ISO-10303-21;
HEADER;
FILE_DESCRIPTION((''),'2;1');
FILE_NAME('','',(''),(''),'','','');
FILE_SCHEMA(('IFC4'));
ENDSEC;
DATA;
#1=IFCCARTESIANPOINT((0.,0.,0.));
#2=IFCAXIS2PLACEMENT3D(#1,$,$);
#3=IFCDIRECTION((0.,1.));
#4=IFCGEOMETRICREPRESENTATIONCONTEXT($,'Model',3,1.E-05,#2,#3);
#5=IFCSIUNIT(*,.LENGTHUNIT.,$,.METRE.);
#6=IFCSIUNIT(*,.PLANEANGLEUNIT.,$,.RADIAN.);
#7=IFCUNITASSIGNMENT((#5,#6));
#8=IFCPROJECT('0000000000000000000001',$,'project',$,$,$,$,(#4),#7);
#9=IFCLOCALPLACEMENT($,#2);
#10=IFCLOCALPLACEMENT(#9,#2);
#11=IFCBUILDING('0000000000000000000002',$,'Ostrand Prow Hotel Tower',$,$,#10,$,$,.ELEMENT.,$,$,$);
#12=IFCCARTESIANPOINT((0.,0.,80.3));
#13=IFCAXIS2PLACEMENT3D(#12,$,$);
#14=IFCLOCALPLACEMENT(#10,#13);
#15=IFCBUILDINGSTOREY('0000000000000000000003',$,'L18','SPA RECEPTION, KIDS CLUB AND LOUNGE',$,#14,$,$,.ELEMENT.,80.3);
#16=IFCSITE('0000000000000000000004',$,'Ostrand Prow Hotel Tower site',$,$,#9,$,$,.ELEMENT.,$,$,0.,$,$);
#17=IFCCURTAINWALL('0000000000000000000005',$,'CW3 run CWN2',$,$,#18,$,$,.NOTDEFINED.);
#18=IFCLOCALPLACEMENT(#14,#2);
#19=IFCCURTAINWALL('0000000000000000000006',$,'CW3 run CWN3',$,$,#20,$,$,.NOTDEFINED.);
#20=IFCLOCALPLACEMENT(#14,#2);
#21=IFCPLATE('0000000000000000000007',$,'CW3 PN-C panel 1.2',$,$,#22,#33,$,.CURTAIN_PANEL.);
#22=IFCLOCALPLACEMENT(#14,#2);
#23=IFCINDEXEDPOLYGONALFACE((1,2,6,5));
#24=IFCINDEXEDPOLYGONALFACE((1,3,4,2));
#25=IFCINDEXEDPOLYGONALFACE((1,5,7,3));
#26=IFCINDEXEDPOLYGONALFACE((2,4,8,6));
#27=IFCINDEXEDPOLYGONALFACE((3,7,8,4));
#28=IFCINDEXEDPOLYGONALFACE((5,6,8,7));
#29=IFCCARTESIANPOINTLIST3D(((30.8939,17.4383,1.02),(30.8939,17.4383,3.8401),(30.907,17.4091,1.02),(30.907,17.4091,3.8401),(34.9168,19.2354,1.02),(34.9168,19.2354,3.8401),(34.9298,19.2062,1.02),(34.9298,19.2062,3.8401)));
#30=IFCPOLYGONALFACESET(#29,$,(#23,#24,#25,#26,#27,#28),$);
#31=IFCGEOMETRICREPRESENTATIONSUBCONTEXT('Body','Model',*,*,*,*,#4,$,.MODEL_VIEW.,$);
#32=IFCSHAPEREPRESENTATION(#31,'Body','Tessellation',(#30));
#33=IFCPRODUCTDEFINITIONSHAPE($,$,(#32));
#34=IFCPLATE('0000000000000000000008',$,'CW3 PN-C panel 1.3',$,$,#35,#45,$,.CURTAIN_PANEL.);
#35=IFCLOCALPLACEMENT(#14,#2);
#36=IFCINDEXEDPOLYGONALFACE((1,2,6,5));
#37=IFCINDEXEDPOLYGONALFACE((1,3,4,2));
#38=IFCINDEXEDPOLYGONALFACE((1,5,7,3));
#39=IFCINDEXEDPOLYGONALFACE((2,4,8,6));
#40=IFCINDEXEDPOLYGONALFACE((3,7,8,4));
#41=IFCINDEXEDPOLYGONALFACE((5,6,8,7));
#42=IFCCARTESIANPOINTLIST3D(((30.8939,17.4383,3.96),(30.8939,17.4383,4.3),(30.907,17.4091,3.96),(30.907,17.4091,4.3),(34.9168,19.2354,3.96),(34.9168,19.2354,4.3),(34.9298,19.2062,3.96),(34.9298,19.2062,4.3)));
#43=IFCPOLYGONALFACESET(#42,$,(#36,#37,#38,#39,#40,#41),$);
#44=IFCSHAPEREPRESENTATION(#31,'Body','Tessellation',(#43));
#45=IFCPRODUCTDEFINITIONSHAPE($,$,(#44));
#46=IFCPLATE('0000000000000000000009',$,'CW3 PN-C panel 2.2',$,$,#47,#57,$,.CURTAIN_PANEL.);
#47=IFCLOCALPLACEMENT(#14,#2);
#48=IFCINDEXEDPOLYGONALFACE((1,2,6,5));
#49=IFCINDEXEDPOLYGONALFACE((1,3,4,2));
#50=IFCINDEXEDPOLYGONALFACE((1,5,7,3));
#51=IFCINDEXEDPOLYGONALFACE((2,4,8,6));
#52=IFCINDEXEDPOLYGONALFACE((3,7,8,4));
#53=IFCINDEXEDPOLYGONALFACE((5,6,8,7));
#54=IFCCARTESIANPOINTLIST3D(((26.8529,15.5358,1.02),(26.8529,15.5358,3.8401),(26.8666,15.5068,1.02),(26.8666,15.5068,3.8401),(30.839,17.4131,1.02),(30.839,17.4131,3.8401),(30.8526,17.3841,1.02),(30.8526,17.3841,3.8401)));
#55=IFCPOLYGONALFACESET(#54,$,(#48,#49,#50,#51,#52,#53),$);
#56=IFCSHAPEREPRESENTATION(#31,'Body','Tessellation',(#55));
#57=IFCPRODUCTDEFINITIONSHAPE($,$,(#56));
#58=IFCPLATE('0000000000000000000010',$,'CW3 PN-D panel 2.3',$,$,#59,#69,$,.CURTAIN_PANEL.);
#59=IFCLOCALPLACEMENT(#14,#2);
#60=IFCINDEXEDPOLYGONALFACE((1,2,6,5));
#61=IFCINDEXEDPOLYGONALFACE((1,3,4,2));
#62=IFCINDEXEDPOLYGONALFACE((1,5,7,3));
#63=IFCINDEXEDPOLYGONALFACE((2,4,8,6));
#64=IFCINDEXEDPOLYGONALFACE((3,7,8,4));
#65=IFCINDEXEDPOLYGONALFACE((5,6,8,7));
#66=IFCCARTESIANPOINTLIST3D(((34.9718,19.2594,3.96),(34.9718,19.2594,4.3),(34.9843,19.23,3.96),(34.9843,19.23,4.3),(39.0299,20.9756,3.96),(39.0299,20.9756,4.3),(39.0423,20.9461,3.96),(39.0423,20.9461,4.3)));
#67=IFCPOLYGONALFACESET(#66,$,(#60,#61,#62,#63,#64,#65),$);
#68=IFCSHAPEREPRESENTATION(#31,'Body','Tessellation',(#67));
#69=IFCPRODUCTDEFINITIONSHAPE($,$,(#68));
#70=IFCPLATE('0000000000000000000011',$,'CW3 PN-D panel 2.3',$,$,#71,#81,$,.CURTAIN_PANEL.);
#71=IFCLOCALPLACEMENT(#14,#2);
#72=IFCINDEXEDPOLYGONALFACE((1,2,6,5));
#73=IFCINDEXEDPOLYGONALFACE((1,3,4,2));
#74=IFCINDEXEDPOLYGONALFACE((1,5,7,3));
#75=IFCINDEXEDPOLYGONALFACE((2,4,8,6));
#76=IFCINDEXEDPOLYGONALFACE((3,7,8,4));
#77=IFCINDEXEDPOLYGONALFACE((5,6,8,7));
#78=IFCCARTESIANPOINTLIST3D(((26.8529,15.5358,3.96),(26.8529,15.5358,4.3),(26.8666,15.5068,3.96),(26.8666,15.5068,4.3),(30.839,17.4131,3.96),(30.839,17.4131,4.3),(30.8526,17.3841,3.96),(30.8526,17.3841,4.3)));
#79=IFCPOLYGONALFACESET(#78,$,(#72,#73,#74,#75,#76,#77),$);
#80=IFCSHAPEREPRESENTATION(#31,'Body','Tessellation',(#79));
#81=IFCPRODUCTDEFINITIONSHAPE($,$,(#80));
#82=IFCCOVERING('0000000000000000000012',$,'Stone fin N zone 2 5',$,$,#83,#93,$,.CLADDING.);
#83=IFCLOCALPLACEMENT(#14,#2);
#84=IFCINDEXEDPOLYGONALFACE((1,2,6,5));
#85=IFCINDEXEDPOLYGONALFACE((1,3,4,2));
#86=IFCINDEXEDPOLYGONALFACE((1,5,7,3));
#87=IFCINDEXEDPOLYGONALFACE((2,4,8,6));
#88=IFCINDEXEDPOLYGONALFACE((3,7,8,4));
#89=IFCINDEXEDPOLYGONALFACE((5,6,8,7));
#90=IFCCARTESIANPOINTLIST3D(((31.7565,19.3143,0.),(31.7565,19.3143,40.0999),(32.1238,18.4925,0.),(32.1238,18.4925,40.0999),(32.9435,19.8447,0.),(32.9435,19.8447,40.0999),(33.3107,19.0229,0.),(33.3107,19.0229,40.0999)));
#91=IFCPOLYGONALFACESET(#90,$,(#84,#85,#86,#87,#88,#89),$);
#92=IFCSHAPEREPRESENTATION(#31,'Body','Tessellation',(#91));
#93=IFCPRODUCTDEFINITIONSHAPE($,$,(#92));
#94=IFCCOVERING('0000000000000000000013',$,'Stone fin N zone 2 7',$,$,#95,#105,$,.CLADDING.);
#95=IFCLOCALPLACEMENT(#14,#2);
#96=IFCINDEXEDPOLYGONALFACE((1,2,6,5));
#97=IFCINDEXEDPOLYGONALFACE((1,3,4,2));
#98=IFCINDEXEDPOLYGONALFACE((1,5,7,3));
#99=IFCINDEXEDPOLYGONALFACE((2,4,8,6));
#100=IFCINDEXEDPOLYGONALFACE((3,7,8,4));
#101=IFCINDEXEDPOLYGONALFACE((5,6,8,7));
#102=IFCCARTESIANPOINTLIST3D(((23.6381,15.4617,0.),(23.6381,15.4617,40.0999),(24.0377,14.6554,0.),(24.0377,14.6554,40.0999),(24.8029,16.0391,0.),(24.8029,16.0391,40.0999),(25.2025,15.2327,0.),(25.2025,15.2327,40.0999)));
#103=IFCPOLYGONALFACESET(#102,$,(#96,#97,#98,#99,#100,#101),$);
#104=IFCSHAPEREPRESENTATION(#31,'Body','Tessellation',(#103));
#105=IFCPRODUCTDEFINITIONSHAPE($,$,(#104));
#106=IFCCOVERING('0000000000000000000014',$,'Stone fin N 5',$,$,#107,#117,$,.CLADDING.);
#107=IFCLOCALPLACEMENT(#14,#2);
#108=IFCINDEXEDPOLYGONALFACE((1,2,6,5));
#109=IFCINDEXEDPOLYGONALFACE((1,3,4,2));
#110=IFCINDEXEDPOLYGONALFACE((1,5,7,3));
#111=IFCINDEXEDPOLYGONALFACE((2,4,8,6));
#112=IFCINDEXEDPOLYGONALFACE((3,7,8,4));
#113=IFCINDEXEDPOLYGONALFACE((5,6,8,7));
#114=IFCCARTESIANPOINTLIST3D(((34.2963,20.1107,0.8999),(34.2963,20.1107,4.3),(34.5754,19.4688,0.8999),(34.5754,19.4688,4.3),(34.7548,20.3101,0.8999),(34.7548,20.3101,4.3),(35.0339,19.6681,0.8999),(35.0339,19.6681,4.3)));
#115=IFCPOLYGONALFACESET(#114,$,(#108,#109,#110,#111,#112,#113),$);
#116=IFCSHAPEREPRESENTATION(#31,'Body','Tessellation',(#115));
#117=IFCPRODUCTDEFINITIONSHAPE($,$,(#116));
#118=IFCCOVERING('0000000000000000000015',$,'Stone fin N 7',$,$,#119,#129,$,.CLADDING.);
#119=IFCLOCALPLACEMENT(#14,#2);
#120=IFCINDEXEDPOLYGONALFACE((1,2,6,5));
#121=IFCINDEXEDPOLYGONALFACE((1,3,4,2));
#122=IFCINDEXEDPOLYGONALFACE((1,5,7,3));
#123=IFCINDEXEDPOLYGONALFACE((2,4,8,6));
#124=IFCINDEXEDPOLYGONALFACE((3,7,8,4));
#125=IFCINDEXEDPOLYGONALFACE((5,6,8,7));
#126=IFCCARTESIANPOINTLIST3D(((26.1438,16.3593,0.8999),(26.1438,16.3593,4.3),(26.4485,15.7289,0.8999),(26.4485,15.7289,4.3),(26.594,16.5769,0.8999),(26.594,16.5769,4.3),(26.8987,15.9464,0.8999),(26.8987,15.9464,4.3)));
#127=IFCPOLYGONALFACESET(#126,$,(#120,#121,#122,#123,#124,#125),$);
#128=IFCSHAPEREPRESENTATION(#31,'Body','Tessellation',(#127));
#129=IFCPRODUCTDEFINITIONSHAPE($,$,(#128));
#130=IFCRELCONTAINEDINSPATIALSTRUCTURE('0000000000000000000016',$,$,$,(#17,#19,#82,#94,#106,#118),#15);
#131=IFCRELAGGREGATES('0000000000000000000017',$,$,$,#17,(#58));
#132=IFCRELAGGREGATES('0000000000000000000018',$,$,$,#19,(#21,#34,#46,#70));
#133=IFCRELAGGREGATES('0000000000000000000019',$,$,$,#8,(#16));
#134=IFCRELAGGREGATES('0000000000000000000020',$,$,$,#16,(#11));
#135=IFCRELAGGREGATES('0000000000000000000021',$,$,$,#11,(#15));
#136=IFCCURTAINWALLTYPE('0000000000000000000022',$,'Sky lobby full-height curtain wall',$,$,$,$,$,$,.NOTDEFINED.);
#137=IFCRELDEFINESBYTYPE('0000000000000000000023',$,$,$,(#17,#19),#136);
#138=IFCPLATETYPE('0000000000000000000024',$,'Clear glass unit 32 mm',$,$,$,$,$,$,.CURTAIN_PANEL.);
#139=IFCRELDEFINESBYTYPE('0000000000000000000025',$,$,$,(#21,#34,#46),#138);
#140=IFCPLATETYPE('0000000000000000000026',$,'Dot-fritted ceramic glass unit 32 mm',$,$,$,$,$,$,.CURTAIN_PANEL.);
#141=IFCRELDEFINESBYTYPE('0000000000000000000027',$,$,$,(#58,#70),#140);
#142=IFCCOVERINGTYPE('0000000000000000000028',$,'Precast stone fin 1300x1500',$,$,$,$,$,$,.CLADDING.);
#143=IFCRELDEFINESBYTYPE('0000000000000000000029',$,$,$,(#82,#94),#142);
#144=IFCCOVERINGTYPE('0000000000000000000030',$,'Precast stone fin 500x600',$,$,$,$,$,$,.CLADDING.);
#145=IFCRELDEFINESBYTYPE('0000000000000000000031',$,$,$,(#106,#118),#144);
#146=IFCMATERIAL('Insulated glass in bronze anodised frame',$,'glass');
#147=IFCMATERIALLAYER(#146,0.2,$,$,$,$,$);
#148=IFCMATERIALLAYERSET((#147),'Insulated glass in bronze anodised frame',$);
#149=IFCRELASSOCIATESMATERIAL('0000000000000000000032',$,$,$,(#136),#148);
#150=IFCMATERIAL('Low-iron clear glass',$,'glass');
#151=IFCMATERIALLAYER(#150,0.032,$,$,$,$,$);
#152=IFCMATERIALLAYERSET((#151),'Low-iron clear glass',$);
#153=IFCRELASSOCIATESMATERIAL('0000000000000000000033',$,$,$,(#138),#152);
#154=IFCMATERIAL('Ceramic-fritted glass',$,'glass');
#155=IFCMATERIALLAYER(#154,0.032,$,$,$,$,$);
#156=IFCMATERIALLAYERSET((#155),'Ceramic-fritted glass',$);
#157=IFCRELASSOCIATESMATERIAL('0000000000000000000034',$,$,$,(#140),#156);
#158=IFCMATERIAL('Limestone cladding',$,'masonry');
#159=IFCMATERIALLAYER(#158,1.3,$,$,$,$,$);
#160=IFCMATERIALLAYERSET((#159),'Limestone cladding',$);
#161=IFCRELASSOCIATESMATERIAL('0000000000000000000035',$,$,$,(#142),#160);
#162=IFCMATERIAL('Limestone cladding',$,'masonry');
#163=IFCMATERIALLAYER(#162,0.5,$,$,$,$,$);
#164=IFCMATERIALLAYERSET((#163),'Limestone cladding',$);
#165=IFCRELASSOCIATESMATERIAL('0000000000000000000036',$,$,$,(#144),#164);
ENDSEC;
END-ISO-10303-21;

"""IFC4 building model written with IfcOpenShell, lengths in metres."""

from ifc_helpers import new_model, si_unit, direction, frame, frame_2d, origin, origin_2d, place, context, subcontext, project, spatial, rectangle, extrude, material, layer, layer_set, type_object, element, aggregate, save


model = new_model("IFC4")

# Units and contexts
model_context = context("Model", 3, precision=1e-05, world=origin(), true_north=direction((0.0, 1.0)))
body_context = subcontext(model_context, "Body", "Model", "MODEL_VIEW")
ifc_project = project(units=[si_unit("LENGTHUNIT", "METRE"), si_unit("PLANEANGLEUNIT", "RADIAN")], contexts=[model_context])

# Site, building, storey
site_placement = place(None, origin())
site = spatial("IfcSite", under=ifc_project, at=site_placement, Name="Ostrand Prow Hotel Tower site", CompositionType="ELEMENT", RefElevation=0.0)
building_placement = place(site_placement, origin())
building = spatial("IfcBuilding", under=site, at=building_placement, Name="Ostrand Prow Hotel Tower", CompositionType="ELEMENT")
storey_placement = place(building_placement, frame((0.0, 0.0, 80.3)))
storey = spatial("IfcBuildingStorey", under=building, at=storey_placement, Name="L18", Description="SPA RECEPTION, KIDS CLUB AND LOUNGE", CompositionType="ELEMENT", Elevation=80.3)

# Curtain walls
ifc_material_1 = material(Name="Insulated glass in bronze anodised frame", Category="glass")
ifc_layer_1 = layer(ifc_material_1, 0.2)
ifc_layer_set_1 = layer_set([ifc_layer_1], Name="Insulated glass in bronze anodised frame")
curtain_wall_type = type_object("IfcCurtainWallType", Name="Sky lobby full-height curtain wall", PredefinedType="NOTDEFINED", material=ifc_layer_set_1)
curtain_wall_1_placement = place(storey_placement, origin())
curtain_wall_1 = element("IfcCurtainWall", 1, at=curtain_wall_1_placement, inside=storey, type_object=curtain_wall_type, Name="CW3 run CWN2", PredefinedType="NOTDEFINED")
curtain_wall_2_placement = place(storey_placement, origin())
curtain_wall_2 = element("IfcCurtainWall", 2, at=curtain_wall_2_placement, inside=storey, type_object=curtain_wall_type, Name="CW3 run CWN3", PredefinedType="NOTDEFINED")

# Plates
ifc_material_2 = material(Name="Low-iron clear glass", Category="glass")
ifc_layer_2 = layer(ifc_material_2, 0.032)
ifc_layer_set_2 = layer_set([ifc_layer_2], Name="Low-iron clear glass")
plate_type_1 = type_object("IfcPlateType", Name="Clear glass unit 32 mm", PredefinedType="CURTAIN_PANEL", material=ifc_layer_set_2)
plate_1_placement = place(storey_placement, frame((32.9119, 18.3223, 1.02), z_axis=(0.0, 0.0, 1.0), x_axis=(-0.913038, -0.407875, 0.0)))
plate_1 = element("IfcPlate", 3, at=plate_1_placement, type_object=plate_type_1, Name="CW3 PN-C panel 1.2", PredefinedType="CURTAIN_PANEL", context=body_context, shape_type="SweptSolid", body=[
    extrude(rectangle(XDim=4.406, YDim=0.032, at=origin_2d()), origin(), (0.0, 0.0, 1.0), 2.8201),
])
plate_2_placement = place(storey_placement, frame((32.9119, 18.3223, 3.96), z_axis=(0.0, 0.0, 1.0), x_axis=(-0.913038, -0.407875, 0.0)))
plate_2 = element("IfcPlate", 4, at=plate_2_placement, type_object=plate_type_1, Name="CW3 PN-C panel 1.3", PredefinedType="CURTAIN_PANEL", context=body_context, shape_type="SweptSolid", body=[
    extrude(rectangle(XDim=4.406, YDim=0.032, at=origin_2d()), origin(), (0.0, 0.0, 1.0), 0.3401),
])
plate_3_placement = place(storey_placement, frame((28.8528, 16.46, 1.02), z_axis=(0.0, 0.0, 1.0), x_axis=(-0.904686, -0.426079, 0.0)))
plate_3 = element("IfcPlate", 5, at=plate_3_placement, type_object=plate_type_1, Name="CW3 PN-C panel 2.2", PredefinedType="CURTAIN_PANEL", context=body_context, shape_type="SweptSolid", body=[
    extrude(rectangle(XDim=4.406, YDim=0.032, at=origin_2d()), origin(), (0.0, 0.0, 1.0), 2.8201),
])
ifc_material_3 = material(Name="Ceramic-fritted glass", Category="glass")
ifc_layer_3 = layer(ifc_material_3, 0.032)
ifc_layer_set_3 = layer_set([ifc_layer_3], Name="Ceramic-fritted glass")
plate_type_2 = type_object("IfcPlateType", Name="Dot-fritted ceramic glass unit 32 mm", PredefinedType="CURTAIN_PANEL", material=ifc_layer_set_3)
plate_4_placement = place(storey_placement, frame((37.0071, 20.1028, 3.96), z_axis=(0.0, 0.0, 1.0), x_axis=(-0.921024, -0.389507, 0.0)))
plate_4 = element("IfcPlate", 6, at=plate_4_placement, type_object=plate_type_2, Name="CW3 PN-D panel 2.3", PredefinedType="CURTAIN_PANEL", context=body_context, shape_type="SweptSolid", body=[
    extrude(rectangle(XDim=4.406, YDim=0.032, at=origin_2d()), origin(), (0.0, 0.0, 1.0), 0.3401),
])
aggregate(curtain_wall_1, [plate_4])
plate_5_placement = place(storey_placement, frame((28.8528, 16.46, 3.96), z_axis=(0.0, 0.0, 1.0), x_axis=(-0.904686, -0.426079, 0.0)))
plate_5 = element("IfcPlate", 7, at=plate_5_placement, type_object=plate_type_2, Name="CW3 PN-D panel 2.3", PredefinedType="CURTAIN_PANEL", context=body_context, shape_type="SweptSolid", body=[
    extrude(rectangle(XDim=4.406, YDim=0.032, at=origin_2d()), origin(), (0.0, 0.0, 1.0), 0.3401),
])
aggregate(curtain_wall_2, [plate_1, plate_2, plate_3, plate_5])

# Coverings
ifc_material_4 = material(Name="Limestone cladding", Category="masonry")
ifc_layer_4 = layer(ifc_material_4, 1.3)
ifc_layer_set_4 = layer_set([ifc_layer_4], Name="Limestone cladding")
covering_type_1 = type_object("IfcCoveringType", Name="Precast stone fin 1300x1500", PredefinedType="CLADDING", material=ifc_layer_set_4)
covering_1_placement = place(storey_placement, frame((32.7173, 18.7576, 0.0), z_axis=(0.0, 0.0, 1.0), x_axis=(-0.40795, 0.913004, 0.0)))
element("IfcCovering", 8, at=covering_1_placement, inside=storey, type_object=covering_type_1, Name="Stone fin N zone 2 5", PredefinedType="CLADDING", context=body_context, shape_type="SweptSolid", body=[
    extrude(rectangle(XDim=0.9001, YDim=1.3, at=frame_2d((0.4502, 0.0))), origin(), (0.0, 0.0, 1.0), 40.0999),
])
covering_2_placement = place(storey_placement, frame((24.6201, 14.9441, 0.0), z_axis=(0.0, 0.0, 1.0), x_axis=(-0.444064, 0.895995, 0.0)))
element("IfcCovering", 9, at=covering_2_placement, inside=storey, type_object=covering_type_1, Name="Stone fin N zone 2 7", PredefinedType="CLADDING", context=body_context, shape_type="SweptSolid", body=[
    extrude(rectangle(XDim=0.8999, YDim=1.3, at=frame_2d((0.45, 0.0))), origin(), (0.0, 0.0, 1.0), 40.0999),
])
ifc_material_5 = material(Name="Limestone cladding", Category="masonry")
ifc_layer_5 = layer(ifc_material_5, 0.5)
ifc_layer_set_5 = layer_set([ifc_layer_5], Name="Limestone cladding")
covering_type_2 = type_object("IfcCoveringType", Name="Precast stone fin 500x600", PredefinedType="CLADDING", material=ifc_layer_set_5)
covering_3_placement = place(storey_placement, frame((34.8047, 19.5684, 0.8999), z_axis=(0.0, 0.0, 1.0), x_axis=(-0.398713, 0.917076, 0.0)))
element("IfcCovering", 10, at=covering_3_placement, inside=storey, type_object=covering_type_2, Name="Stone fin N 5", PredefinedType="CLADDING", context=body_context, shape_type="SweptSolid", body=[
    extrude(rectangle(XDim=0.7, YDim=0.5, at=frame_2d((0.3501, 0.0))), origin(), (0.0, 0.0, 1.0), 3.4001),
])
covering_4_placement = place(storey_placement, frame((26.6736, 15.8376, 0.8999), z_axis=(0.0, 0.0, 1.0), x_axis=(-0.435178, 0.900344, 0.0)))
element("IfcCovering", 11, at=covering_4_placement, inside=storey, type_object=covering_type_2, Name="Stone fin N 7", PredefinedType="CLADDING", context=body_context, shape_type="SweptSolid", body=[
    extrude(rectangle(XDim=0.7002, YDim=0.5, at=frame_2d((0.3501, 0.0))), origin(), (0.0, 0.0, 1.0), 3.4001),
])

save(model, "model.ifc")
